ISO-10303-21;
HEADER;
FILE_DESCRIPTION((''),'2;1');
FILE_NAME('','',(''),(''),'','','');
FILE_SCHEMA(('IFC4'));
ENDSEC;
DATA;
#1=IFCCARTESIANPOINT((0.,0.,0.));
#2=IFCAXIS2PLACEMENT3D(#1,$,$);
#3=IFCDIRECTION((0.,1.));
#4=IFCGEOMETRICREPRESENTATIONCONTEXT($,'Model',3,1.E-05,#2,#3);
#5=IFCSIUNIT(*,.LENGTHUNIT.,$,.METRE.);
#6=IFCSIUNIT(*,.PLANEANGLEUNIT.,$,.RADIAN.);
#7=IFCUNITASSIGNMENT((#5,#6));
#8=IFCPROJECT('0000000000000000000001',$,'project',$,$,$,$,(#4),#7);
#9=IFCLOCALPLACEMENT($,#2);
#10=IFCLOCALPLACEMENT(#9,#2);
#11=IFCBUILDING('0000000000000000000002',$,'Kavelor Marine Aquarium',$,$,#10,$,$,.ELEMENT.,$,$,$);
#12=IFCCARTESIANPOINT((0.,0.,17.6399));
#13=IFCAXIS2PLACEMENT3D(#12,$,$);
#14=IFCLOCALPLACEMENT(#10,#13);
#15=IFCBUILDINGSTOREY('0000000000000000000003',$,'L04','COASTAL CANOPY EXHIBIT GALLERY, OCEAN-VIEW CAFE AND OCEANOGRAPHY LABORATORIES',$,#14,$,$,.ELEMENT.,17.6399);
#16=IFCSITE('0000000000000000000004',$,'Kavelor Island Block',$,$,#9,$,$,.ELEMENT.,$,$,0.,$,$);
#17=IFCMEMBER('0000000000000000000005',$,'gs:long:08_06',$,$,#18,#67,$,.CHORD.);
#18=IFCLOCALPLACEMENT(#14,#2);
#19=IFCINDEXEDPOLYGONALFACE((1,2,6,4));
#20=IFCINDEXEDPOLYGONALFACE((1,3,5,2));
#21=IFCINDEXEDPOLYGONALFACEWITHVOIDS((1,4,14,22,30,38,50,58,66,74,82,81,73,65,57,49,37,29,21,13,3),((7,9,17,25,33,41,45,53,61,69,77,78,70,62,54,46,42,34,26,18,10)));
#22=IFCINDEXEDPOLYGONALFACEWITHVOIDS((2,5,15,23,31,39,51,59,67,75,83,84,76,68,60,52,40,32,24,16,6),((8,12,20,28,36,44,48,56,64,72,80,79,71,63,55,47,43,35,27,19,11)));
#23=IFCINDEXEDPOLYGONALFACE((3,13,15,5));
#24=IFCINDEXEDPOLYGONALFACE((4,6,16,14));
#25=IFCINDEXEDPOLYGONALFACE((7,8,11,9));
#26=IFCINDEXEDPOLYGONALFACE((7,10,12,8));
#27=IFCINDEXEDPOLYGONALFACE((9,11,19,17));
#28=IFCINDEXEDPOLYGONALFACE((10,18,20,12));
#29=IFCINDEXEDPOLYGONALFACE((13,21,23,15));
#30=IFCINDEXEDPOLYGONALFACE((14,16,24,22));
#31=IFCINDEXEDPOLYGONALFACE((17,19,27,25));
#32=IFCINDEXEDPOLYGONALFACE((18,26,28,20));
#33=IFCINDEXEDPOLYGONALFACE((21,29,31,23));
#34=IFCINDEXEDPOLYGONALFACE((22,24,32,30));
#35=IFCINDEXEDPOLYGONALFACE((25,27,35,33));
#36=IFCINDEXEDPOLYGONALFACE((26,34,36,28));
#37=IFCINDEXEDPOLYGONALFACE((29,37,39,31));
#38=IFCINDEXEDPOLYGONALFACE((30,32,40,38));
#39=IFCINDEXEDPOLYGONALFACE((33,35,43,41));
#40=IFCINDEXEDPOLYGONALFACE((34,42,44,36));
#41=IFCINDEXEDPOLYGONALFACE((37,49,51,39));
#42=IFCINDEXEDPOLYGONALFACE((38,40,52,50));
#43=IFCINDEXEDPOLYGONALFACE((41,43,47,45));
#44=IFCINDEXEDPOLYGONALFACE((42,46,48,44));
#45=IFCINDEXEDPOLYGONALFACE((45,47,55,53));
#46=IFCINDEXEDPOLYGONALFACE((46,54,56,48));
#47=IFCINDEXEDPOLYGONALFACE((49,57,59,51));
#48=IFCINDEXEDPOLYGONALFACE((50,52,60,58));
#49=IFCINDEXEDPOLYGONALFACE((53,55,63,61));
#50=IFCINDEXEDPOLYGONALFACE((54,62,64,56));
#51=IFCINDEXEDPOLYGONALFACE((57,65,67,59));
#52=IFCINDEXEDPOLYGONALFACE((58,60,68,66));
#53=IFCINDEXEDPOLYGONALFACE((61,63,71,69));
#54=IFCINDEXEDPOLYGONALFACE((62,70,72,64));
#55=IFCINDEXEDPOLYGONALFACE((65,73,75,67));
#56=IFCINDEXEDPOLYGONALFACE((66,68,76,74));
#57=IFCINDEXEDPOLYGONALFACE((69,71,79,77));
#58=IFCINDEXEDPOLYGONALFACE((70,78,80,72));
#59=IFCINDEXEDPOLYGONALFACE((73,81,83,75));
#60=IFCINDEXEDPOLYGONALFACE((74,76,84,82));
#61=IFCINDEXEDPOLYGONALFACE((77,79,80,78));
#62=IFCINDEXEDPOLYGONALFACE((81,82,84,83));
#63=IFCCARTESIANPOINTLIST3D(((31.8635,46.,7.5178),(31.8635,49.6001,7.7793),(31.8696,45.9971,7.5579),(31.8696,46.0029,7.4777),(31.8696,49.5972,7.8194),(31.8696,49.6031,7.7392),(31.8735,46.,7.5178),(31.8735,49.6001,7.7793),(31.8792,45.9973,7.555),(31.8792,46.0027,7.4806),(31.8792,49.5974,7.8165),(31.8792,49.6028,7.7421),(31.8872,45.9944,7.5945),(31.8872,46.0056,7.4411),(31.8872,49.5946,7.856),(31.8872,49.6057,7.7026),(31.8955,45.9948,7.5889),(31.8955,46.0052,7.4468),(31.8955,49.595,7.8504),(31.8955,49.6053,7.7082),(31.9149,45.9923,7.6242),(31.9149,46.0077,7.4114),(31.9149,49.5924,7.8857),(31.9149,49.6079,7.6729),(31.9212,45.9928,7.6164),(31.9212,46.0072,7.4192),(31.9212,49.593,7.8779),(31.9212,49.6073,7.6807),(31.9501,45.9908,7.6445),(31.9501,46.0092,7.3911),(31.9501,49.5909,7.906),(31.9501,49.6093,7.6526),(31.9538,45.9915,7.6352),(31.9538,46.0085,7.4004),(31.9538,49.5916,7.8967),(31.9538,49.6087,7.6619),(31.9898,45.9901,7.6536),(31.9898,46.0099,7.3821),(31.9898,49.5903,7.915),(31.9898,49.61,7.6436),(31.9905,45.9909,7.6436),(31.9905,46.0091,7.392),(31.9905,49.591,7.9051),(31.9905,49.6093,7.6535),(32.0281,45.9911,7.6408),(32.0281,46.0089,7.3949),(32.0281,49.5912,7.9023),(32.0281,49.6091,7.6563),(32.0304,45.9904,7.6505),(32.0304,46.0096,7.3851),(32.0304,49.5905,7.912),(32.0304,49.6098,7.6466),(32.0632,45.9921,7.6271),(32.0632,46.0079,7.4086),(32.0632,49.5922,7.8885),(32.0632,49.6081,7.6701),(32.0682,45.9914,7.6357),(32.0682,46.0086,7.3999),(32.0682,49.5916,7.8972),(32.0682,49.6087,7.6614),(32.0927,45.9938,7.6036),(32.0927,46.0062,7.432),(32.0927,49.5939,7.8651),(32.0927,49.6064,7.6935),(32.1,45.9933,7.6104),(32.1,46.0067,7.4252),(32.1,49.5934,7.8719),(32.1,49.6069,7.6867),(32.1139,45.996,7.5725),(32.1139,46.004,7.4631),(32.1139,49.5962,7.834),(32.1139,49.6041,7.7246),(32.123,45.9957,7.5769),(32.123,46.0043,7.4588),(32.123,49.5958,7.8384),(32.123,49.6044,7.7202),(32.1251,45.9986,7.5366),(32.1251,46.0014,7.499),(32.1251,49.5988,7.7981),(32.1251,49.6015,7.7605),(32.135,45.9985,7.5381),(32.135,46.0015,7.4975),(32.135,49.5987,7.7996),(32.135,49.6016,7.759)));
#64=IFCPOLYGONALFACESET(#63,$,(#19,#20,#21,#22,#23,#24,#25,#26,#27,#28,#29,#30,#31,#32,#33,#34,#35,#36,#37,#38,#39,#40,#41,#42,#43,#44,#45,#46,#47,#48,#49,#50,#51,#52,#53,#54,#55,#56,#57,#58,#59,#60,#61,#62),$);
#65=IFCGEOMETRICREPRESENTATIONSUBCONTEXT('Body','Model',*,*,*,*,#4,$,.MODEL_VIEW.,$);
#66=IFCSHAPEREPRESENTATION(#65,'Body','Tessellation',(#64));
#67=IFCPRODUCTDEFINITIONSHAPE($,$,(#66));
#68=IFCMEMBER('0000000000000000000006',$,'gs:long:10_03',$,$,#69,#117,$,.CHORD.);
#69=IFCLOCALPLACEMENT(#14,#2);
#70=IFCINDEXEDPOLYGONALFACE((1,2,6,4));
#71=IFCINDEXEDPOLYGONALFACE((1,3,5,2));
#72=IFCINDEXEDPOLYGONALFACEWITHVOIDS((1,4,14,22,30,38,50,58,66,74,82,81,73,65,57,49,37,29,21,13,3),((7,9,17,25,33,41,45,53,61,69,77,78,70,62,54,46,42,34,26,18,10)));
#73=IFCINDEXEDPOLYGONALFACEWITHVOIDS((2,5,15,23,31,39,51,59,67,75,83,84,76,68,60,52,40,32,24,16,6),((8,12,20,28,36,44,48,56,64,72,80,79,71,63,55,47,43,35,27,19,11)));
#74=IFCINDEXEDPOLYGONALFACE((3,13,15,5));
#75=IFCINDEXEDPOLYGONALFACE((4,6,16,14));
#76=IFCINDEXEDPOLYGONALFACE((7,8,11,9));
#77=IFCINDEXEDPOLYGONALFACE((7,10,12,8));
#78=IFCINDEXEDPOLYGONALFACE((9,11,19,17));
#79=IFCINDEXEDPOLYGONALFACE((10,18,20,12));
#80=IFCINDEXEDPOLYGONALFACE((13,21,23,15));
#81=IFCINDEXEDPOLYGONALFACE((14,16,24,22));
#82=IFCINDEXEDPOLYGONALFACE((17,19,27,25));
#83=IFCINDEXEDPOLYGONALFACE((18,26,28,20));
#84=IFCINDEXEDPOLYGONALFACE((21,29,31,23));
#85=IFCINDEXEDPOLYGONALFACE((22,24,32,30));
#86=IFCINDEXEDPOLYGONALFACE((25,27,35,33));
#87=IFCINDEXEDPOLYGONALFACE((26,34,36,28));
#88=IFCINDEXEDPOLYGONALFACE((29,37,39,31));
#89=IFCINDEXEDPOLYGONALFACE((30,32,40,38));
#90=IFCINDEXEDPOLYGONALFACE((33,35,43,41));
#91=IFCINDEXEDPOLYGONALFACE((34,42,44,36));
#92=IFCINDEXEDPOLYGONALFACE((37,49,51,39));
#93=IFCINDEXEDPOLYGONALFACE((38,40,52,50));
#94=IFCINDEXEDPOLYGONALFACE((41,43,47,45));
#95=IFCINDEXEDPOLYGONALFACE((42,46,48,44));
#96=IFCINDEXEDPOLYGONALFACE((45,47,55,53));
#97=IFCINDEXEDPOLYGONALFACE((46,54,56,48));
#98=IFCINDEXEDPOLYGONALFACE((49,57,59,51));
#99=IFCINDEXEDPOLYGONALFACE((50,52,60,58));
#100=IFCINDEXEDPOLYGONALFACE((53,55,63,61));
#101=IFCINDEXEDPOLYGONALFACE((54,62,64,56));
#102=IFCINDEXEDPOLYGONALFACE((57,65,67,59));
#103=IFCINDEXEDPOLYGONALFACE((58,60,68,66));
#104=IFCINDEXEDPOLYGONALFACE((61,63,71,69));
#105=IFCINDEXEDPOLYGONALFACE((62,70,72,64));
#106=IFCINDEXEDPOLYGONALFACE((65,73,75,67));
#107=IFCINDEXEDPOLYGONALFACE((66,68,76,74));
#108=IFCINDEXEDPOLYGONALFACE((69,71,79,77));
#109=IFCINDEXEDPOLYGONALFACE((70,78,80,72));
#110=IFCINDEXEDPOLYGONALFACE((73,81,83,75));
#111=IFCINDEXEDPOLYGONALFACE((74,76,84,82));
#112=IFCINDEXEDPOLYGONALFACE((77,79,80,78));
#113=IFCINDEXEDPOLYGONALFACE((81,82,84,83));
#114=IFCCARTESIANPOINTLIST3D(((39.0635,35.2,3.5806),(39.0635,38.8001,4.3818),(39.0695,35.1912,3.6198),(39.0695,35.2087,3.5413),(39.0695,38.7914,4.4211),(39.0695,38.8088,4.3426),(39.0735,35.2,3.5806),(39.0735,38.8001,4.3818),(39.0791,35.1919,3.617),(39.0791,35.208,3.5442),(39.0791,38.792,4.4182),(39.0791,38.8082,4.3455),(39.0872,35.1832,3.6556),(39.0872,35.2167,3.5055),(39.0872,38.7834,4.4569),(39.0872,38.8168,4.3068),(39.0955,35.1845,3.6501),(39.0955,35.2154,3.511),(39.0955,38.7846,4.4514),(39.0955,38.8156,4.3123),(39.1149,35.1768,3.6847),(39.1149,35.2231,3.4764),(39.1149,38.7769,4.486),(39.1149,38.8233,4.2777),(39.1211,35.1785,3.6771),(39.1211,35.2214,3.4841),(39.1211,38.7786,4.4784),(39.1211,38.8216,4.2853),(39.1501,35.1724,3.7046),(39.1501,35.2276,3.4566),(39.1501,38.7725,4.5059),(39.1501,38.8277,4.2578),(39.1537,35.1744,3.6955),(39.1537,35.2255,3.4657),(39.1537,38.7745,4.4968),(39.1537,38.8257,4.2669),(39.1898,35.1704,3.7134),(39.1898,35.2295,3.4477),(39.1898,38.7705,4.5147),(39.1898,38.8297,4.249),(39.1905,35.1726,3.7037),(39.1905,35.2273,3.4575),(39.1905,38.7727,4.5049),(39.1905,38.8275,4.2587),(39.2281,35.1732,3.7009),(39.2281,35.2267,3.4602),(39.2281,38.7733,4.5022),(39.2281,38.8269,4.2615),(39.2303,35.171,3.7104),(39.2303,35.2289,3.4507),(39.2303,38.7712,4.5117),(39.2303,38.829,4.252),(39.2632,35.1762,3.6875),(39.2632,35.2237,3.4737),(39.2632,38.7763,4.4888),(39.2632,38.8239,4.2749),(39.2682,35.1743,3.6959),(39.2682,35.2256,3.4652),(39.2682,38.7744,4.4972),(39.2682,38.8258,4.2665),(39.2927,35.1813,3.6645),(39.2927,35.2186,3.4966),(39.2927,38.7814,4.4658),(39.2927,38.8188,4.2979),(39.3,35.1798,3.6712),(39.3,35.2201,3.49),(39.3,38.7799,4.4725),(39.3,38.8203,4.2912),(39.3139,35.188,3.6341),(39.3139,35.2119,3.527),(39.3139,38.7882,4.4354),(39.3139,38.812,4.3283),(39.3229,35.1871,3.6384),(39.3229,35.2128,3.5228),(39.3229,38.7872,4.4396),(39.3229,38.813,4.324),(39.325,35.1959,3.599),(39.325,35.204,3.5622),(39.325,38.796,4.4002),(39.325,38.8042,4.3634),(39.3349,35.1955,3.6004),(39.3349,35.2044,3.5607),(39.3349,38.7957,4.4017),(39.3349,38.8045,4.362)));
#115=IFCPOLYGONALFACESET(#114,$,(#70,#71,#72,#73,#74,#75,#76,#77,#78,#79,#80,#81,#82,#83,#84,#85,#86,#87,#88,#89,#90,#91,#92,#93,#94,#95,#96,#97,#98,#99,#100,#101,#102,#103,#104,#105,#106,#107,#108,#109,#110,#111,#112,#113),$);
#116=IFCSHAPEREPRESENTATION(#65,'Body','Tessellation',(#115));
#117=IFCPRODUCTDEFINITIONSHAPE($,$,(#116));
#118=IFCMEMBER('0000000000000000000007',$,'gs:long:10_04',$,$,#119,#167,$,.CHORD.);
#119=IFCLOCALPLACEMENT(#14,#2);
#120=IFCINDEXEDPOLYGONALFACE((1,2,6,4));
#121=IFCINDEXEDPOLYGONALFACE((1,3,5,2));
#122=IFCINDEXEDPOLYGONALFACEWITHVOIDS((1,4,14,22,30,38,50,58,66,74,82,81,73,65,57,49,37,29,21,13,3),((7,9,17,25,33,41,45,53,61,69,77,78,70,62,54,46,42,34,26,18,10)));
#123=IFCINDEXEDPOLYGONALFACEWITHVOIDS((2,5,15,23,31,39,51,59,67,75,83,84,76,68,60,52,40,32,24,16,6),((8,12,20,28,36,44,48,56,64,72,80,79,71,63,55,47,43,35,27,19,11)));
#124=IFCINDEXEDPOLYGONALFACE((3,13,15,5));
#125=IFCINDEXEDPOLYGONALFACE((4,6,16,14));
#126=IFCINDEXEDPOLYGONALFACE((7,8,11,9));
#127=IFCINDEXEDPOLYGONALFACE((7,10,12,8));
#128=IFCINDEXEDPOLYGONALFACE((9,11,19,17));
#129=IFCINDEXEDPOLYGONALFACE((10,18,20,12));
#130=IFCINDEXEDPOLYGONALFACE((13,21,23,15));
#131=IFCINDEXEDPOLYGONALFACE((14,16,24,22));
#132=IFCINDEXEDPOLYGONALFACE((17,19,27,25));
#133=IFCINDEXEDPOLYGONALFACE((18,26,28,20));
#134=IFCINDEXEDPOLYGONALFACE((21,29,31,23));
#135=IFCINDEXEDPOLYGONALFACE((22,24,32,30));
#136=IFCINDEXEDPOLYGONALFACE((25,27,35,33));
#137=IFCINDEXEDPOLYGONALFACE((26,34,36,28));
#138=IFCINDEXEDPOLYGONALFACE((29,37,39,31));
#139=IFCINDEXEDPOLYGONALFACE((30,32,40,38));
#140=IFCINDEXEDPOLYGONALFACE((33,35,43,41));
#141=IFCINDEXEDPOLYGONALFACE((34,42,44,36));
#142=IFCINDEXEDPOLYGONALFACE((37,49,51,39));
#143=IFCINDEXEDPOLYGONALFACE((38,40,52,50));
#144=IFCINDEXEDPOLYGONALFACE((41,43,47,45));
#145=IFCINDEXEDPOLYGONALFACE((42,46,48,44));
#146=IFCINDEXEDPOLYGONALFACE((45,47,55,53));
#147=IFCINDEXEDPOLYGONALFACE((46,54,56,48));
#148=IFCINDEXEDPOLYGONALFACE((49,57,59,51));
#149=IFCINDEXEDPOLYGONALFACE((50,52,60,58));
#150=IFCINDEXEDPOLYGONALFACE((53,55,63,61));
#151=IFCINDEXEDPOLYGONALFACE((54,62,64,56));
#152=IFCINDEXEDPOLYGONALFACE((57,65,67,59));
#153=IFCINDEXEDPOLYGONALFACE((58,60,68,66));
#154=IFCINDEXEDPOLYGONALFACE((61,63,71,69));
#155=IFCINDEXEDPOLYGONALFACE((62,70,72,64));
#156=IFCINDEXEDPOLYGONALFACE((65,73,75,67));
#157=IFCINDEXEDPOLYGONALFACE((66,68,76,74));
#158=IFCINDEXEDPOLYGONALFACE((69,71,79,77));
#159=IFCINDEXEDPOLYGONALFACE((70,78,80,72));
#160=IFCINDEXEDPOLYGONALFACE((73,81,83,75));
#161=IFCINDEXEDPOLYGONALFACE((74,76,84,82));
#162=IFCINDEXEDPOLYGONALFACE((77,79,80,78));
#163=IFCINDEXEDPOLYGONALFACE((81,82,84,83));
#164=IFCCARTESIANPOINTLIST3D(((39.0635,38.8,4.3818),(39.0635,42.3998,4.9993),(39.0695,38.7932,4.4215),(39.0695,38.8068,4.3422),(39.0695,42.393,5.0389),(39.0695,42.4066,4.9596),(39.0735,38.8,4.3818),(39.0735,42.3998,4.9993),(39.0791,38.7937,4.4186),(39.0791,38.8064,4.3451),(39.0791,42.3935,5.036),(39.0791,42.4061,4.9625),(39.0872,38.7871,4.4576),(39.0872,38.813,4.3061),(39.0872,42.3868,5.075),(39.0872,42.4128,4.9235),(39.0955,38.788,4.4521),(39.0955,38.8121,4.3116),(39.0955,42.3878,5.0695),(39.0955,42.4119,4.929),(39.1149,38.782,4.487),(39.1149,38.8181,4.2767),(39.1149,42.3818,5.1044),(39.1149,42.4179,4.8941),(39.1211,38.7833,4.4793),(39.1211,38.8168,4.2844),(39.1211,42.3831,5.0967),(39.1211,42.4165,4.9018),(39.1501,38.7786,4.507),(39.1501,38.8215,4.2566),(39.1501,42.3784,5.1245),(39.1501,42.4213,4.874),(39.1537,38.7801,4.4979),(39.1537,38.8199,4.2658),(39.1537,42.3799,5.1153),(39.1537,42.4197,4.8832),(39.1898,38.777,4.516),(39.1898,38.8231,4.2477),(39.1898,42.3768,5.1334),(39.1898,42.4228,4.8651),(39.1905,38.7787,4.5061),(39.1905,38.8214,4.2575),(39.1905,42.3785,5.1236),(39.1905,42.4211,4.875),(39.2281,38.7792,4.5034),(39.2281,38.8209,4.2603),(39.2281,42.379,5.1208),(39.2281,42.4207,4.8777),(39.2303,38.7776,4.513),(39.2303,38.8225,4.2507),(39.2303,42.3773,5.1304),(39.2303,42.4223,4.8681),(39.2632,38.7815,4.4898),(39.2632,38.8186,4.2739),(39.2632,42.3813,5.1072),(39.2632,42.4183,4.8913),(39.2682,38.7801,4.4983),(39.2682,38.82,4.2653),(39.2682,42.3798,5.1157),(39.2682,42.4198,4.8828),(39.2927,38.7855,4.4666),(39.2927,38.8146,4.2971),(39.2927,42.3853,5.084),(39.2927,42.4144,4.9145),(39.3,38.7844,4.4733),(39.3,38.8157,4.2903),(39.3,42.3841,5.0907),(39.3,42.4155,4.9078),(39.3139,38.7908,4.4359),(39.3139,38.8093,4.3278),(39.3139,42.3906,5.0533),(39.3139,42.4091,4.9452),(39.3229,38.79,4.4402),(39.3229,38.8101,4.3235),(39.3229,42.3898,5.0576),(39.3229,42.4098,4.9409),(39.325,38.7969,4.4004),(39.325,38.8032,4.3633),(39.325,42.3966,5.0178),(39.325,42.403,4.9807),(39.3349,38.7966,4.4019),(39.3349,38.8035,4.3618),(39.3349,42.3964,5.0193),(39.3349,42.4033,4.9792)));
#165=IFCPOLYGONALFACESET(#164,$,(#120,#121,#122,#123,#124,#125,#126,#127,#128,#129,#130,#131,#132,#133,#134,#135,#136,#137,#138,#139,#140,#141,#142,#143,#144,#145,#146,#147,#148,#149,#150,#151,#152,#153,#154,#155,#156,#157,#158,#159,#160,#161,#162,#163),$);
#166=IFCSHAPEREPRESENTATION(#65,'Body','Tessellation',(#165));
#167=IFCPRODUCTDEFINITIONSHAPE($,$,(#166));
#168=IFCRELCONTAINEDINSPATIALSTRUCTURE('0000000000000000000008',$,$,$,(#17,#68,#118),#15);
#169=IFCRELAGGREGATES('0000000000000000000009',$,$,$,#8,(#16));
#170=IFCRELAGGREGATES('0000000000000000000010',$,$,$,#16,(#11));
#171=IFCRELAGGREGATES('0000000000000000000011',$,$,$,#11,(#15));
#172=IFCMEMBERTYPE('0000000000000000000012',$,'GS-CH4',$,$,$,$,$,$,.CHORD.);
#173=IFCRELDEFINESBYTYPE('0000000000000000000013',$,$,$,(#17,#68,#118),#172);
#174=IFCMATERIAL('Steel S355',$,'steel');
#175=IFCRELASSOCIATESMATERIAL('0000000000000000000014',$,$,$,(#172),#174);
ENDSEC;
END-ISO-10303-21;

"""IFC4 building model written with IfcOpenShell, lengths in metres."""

from ifc_helpers import new_model, si_unit, direction, frame, origin, origin_2d, place, context, subcontext, project, spatial, hollow_circle, extrude, material, material_profile, profile_set, type_object, element, save


model = new_model("IFC4")

# Units and contexts
model_context = context("Model", 3, precision=1e-05, world=origin(), true_north=direction((0.0, 1.0)))
body_context = subcontext(model_context, "Body", "Model", "MODEL_VIEW")
ifc_project = project(units=[si_unit("LENGTHUNIT", "METRE"), si_unit("PLANEANGLEUNIT", "RADIAN")], contexts=[model_context])

# Site, building, storey
site_placement = place(None, origin())
site = spatial("IfcSite", under=ifc_project, at=site_placement, Name="Kavelor Island Block", CompositionType="ELEMENT", RefElevation=0.0)
building_placement = place(site_placement, origin())
building = spatial("IfcBuilding", under=site, at=building_placement, Name="Kavelor Marine Aquarium", CompositionType="ELEMENT")
storey_placement = place(building_placement, frame((0.0, 0.0, 17.6399)))
storey = spatial("IfcBuildingStorey", under=building, at=storey_placement, Name="L04", Description="COASTAL CANOPY EXHIBIT GALLERY, OCEAN-VIEW CAFE AND OCEANOGRAPHY LABORATORIES", CompositionType="ELEMENT", Elevation=17.6399)

# Members
ifc_material_1 = material(Name="Steel S355", Category="steel")
ifc_material_profile_1 = material_profile(ifc_material_1, hollow_circle(Radius=0.1365, WallThickness=0.01, at=origin_2d()), Name="CHS 273.0x10.0")
ifc_profile_set_1 = profile_set([ifc_material_profile_1], Name="Steel S355")
member_type_1 = type_object("IfcMemberType", Name="GS-CH4", PredefinedType="CHORD", material=ifc_profile_set_1)
member_1_placement = place(storey_placement, frame((32.0, 46.0, 7.5178), z_axis=(0.0, 0.997373, 0.072439), x_axis=(-1.0, 0.0, 0.0)))
element("IfcMember", 1, at=member_1_placement, inside=storey, type_object=member_type_1, Name="gs:long:08_06", PredefinedType="CHORD", context=body_context, shape_type="SweptSolid", body=[
    extrude(hollow_circle(Radius=0.1365, WallThickness=0.01, at=origin_2d()), origin(), (0.0, 0.0, 1.0), 3.6096),
])
member_2_placement = place(storey_placement, frame((39.2, 35.2, 3.5806), z_axis=(0.0, 0.976115, 0.217253), x_axis=(-1.0, 0.0, 0.0)))
element("IfcMember", 2, at=member_2_placement, inside=storey, type_object=member_type_1, Name="gs:long:10_03", PredefinedType="CHORD", context=body_context, shape_type="SweptSolid", body=[
    extrude(hollow_circle(Radius=0.1365, WallThickness=0.01, at=origin_2d()), origin(), (0.0, 0.0, 1.0), 3.6882),
])
member_3_placement = place(storey_placement, frame((39.2, 38.8, 4.3818), z_axis=(0.0, 0.985608, 0.169047), x_axis=(-1.0, 0.0, 0.0)))
element("IfcMember", 3, at=member_3_placement, inside=storey, type_object=member_type_1, Name="gs:long:10_04", PredefinedType="CHORD", context=body_context, shape_type="SweptSolid", body=[
    extrude(hollow_circle(Radius=0.1365, WallThickness=0.01, at=origin_2d()), origin(), (0.0, 0.0, 1.0), 3.6523),
])

save(model, "model.ifc")
